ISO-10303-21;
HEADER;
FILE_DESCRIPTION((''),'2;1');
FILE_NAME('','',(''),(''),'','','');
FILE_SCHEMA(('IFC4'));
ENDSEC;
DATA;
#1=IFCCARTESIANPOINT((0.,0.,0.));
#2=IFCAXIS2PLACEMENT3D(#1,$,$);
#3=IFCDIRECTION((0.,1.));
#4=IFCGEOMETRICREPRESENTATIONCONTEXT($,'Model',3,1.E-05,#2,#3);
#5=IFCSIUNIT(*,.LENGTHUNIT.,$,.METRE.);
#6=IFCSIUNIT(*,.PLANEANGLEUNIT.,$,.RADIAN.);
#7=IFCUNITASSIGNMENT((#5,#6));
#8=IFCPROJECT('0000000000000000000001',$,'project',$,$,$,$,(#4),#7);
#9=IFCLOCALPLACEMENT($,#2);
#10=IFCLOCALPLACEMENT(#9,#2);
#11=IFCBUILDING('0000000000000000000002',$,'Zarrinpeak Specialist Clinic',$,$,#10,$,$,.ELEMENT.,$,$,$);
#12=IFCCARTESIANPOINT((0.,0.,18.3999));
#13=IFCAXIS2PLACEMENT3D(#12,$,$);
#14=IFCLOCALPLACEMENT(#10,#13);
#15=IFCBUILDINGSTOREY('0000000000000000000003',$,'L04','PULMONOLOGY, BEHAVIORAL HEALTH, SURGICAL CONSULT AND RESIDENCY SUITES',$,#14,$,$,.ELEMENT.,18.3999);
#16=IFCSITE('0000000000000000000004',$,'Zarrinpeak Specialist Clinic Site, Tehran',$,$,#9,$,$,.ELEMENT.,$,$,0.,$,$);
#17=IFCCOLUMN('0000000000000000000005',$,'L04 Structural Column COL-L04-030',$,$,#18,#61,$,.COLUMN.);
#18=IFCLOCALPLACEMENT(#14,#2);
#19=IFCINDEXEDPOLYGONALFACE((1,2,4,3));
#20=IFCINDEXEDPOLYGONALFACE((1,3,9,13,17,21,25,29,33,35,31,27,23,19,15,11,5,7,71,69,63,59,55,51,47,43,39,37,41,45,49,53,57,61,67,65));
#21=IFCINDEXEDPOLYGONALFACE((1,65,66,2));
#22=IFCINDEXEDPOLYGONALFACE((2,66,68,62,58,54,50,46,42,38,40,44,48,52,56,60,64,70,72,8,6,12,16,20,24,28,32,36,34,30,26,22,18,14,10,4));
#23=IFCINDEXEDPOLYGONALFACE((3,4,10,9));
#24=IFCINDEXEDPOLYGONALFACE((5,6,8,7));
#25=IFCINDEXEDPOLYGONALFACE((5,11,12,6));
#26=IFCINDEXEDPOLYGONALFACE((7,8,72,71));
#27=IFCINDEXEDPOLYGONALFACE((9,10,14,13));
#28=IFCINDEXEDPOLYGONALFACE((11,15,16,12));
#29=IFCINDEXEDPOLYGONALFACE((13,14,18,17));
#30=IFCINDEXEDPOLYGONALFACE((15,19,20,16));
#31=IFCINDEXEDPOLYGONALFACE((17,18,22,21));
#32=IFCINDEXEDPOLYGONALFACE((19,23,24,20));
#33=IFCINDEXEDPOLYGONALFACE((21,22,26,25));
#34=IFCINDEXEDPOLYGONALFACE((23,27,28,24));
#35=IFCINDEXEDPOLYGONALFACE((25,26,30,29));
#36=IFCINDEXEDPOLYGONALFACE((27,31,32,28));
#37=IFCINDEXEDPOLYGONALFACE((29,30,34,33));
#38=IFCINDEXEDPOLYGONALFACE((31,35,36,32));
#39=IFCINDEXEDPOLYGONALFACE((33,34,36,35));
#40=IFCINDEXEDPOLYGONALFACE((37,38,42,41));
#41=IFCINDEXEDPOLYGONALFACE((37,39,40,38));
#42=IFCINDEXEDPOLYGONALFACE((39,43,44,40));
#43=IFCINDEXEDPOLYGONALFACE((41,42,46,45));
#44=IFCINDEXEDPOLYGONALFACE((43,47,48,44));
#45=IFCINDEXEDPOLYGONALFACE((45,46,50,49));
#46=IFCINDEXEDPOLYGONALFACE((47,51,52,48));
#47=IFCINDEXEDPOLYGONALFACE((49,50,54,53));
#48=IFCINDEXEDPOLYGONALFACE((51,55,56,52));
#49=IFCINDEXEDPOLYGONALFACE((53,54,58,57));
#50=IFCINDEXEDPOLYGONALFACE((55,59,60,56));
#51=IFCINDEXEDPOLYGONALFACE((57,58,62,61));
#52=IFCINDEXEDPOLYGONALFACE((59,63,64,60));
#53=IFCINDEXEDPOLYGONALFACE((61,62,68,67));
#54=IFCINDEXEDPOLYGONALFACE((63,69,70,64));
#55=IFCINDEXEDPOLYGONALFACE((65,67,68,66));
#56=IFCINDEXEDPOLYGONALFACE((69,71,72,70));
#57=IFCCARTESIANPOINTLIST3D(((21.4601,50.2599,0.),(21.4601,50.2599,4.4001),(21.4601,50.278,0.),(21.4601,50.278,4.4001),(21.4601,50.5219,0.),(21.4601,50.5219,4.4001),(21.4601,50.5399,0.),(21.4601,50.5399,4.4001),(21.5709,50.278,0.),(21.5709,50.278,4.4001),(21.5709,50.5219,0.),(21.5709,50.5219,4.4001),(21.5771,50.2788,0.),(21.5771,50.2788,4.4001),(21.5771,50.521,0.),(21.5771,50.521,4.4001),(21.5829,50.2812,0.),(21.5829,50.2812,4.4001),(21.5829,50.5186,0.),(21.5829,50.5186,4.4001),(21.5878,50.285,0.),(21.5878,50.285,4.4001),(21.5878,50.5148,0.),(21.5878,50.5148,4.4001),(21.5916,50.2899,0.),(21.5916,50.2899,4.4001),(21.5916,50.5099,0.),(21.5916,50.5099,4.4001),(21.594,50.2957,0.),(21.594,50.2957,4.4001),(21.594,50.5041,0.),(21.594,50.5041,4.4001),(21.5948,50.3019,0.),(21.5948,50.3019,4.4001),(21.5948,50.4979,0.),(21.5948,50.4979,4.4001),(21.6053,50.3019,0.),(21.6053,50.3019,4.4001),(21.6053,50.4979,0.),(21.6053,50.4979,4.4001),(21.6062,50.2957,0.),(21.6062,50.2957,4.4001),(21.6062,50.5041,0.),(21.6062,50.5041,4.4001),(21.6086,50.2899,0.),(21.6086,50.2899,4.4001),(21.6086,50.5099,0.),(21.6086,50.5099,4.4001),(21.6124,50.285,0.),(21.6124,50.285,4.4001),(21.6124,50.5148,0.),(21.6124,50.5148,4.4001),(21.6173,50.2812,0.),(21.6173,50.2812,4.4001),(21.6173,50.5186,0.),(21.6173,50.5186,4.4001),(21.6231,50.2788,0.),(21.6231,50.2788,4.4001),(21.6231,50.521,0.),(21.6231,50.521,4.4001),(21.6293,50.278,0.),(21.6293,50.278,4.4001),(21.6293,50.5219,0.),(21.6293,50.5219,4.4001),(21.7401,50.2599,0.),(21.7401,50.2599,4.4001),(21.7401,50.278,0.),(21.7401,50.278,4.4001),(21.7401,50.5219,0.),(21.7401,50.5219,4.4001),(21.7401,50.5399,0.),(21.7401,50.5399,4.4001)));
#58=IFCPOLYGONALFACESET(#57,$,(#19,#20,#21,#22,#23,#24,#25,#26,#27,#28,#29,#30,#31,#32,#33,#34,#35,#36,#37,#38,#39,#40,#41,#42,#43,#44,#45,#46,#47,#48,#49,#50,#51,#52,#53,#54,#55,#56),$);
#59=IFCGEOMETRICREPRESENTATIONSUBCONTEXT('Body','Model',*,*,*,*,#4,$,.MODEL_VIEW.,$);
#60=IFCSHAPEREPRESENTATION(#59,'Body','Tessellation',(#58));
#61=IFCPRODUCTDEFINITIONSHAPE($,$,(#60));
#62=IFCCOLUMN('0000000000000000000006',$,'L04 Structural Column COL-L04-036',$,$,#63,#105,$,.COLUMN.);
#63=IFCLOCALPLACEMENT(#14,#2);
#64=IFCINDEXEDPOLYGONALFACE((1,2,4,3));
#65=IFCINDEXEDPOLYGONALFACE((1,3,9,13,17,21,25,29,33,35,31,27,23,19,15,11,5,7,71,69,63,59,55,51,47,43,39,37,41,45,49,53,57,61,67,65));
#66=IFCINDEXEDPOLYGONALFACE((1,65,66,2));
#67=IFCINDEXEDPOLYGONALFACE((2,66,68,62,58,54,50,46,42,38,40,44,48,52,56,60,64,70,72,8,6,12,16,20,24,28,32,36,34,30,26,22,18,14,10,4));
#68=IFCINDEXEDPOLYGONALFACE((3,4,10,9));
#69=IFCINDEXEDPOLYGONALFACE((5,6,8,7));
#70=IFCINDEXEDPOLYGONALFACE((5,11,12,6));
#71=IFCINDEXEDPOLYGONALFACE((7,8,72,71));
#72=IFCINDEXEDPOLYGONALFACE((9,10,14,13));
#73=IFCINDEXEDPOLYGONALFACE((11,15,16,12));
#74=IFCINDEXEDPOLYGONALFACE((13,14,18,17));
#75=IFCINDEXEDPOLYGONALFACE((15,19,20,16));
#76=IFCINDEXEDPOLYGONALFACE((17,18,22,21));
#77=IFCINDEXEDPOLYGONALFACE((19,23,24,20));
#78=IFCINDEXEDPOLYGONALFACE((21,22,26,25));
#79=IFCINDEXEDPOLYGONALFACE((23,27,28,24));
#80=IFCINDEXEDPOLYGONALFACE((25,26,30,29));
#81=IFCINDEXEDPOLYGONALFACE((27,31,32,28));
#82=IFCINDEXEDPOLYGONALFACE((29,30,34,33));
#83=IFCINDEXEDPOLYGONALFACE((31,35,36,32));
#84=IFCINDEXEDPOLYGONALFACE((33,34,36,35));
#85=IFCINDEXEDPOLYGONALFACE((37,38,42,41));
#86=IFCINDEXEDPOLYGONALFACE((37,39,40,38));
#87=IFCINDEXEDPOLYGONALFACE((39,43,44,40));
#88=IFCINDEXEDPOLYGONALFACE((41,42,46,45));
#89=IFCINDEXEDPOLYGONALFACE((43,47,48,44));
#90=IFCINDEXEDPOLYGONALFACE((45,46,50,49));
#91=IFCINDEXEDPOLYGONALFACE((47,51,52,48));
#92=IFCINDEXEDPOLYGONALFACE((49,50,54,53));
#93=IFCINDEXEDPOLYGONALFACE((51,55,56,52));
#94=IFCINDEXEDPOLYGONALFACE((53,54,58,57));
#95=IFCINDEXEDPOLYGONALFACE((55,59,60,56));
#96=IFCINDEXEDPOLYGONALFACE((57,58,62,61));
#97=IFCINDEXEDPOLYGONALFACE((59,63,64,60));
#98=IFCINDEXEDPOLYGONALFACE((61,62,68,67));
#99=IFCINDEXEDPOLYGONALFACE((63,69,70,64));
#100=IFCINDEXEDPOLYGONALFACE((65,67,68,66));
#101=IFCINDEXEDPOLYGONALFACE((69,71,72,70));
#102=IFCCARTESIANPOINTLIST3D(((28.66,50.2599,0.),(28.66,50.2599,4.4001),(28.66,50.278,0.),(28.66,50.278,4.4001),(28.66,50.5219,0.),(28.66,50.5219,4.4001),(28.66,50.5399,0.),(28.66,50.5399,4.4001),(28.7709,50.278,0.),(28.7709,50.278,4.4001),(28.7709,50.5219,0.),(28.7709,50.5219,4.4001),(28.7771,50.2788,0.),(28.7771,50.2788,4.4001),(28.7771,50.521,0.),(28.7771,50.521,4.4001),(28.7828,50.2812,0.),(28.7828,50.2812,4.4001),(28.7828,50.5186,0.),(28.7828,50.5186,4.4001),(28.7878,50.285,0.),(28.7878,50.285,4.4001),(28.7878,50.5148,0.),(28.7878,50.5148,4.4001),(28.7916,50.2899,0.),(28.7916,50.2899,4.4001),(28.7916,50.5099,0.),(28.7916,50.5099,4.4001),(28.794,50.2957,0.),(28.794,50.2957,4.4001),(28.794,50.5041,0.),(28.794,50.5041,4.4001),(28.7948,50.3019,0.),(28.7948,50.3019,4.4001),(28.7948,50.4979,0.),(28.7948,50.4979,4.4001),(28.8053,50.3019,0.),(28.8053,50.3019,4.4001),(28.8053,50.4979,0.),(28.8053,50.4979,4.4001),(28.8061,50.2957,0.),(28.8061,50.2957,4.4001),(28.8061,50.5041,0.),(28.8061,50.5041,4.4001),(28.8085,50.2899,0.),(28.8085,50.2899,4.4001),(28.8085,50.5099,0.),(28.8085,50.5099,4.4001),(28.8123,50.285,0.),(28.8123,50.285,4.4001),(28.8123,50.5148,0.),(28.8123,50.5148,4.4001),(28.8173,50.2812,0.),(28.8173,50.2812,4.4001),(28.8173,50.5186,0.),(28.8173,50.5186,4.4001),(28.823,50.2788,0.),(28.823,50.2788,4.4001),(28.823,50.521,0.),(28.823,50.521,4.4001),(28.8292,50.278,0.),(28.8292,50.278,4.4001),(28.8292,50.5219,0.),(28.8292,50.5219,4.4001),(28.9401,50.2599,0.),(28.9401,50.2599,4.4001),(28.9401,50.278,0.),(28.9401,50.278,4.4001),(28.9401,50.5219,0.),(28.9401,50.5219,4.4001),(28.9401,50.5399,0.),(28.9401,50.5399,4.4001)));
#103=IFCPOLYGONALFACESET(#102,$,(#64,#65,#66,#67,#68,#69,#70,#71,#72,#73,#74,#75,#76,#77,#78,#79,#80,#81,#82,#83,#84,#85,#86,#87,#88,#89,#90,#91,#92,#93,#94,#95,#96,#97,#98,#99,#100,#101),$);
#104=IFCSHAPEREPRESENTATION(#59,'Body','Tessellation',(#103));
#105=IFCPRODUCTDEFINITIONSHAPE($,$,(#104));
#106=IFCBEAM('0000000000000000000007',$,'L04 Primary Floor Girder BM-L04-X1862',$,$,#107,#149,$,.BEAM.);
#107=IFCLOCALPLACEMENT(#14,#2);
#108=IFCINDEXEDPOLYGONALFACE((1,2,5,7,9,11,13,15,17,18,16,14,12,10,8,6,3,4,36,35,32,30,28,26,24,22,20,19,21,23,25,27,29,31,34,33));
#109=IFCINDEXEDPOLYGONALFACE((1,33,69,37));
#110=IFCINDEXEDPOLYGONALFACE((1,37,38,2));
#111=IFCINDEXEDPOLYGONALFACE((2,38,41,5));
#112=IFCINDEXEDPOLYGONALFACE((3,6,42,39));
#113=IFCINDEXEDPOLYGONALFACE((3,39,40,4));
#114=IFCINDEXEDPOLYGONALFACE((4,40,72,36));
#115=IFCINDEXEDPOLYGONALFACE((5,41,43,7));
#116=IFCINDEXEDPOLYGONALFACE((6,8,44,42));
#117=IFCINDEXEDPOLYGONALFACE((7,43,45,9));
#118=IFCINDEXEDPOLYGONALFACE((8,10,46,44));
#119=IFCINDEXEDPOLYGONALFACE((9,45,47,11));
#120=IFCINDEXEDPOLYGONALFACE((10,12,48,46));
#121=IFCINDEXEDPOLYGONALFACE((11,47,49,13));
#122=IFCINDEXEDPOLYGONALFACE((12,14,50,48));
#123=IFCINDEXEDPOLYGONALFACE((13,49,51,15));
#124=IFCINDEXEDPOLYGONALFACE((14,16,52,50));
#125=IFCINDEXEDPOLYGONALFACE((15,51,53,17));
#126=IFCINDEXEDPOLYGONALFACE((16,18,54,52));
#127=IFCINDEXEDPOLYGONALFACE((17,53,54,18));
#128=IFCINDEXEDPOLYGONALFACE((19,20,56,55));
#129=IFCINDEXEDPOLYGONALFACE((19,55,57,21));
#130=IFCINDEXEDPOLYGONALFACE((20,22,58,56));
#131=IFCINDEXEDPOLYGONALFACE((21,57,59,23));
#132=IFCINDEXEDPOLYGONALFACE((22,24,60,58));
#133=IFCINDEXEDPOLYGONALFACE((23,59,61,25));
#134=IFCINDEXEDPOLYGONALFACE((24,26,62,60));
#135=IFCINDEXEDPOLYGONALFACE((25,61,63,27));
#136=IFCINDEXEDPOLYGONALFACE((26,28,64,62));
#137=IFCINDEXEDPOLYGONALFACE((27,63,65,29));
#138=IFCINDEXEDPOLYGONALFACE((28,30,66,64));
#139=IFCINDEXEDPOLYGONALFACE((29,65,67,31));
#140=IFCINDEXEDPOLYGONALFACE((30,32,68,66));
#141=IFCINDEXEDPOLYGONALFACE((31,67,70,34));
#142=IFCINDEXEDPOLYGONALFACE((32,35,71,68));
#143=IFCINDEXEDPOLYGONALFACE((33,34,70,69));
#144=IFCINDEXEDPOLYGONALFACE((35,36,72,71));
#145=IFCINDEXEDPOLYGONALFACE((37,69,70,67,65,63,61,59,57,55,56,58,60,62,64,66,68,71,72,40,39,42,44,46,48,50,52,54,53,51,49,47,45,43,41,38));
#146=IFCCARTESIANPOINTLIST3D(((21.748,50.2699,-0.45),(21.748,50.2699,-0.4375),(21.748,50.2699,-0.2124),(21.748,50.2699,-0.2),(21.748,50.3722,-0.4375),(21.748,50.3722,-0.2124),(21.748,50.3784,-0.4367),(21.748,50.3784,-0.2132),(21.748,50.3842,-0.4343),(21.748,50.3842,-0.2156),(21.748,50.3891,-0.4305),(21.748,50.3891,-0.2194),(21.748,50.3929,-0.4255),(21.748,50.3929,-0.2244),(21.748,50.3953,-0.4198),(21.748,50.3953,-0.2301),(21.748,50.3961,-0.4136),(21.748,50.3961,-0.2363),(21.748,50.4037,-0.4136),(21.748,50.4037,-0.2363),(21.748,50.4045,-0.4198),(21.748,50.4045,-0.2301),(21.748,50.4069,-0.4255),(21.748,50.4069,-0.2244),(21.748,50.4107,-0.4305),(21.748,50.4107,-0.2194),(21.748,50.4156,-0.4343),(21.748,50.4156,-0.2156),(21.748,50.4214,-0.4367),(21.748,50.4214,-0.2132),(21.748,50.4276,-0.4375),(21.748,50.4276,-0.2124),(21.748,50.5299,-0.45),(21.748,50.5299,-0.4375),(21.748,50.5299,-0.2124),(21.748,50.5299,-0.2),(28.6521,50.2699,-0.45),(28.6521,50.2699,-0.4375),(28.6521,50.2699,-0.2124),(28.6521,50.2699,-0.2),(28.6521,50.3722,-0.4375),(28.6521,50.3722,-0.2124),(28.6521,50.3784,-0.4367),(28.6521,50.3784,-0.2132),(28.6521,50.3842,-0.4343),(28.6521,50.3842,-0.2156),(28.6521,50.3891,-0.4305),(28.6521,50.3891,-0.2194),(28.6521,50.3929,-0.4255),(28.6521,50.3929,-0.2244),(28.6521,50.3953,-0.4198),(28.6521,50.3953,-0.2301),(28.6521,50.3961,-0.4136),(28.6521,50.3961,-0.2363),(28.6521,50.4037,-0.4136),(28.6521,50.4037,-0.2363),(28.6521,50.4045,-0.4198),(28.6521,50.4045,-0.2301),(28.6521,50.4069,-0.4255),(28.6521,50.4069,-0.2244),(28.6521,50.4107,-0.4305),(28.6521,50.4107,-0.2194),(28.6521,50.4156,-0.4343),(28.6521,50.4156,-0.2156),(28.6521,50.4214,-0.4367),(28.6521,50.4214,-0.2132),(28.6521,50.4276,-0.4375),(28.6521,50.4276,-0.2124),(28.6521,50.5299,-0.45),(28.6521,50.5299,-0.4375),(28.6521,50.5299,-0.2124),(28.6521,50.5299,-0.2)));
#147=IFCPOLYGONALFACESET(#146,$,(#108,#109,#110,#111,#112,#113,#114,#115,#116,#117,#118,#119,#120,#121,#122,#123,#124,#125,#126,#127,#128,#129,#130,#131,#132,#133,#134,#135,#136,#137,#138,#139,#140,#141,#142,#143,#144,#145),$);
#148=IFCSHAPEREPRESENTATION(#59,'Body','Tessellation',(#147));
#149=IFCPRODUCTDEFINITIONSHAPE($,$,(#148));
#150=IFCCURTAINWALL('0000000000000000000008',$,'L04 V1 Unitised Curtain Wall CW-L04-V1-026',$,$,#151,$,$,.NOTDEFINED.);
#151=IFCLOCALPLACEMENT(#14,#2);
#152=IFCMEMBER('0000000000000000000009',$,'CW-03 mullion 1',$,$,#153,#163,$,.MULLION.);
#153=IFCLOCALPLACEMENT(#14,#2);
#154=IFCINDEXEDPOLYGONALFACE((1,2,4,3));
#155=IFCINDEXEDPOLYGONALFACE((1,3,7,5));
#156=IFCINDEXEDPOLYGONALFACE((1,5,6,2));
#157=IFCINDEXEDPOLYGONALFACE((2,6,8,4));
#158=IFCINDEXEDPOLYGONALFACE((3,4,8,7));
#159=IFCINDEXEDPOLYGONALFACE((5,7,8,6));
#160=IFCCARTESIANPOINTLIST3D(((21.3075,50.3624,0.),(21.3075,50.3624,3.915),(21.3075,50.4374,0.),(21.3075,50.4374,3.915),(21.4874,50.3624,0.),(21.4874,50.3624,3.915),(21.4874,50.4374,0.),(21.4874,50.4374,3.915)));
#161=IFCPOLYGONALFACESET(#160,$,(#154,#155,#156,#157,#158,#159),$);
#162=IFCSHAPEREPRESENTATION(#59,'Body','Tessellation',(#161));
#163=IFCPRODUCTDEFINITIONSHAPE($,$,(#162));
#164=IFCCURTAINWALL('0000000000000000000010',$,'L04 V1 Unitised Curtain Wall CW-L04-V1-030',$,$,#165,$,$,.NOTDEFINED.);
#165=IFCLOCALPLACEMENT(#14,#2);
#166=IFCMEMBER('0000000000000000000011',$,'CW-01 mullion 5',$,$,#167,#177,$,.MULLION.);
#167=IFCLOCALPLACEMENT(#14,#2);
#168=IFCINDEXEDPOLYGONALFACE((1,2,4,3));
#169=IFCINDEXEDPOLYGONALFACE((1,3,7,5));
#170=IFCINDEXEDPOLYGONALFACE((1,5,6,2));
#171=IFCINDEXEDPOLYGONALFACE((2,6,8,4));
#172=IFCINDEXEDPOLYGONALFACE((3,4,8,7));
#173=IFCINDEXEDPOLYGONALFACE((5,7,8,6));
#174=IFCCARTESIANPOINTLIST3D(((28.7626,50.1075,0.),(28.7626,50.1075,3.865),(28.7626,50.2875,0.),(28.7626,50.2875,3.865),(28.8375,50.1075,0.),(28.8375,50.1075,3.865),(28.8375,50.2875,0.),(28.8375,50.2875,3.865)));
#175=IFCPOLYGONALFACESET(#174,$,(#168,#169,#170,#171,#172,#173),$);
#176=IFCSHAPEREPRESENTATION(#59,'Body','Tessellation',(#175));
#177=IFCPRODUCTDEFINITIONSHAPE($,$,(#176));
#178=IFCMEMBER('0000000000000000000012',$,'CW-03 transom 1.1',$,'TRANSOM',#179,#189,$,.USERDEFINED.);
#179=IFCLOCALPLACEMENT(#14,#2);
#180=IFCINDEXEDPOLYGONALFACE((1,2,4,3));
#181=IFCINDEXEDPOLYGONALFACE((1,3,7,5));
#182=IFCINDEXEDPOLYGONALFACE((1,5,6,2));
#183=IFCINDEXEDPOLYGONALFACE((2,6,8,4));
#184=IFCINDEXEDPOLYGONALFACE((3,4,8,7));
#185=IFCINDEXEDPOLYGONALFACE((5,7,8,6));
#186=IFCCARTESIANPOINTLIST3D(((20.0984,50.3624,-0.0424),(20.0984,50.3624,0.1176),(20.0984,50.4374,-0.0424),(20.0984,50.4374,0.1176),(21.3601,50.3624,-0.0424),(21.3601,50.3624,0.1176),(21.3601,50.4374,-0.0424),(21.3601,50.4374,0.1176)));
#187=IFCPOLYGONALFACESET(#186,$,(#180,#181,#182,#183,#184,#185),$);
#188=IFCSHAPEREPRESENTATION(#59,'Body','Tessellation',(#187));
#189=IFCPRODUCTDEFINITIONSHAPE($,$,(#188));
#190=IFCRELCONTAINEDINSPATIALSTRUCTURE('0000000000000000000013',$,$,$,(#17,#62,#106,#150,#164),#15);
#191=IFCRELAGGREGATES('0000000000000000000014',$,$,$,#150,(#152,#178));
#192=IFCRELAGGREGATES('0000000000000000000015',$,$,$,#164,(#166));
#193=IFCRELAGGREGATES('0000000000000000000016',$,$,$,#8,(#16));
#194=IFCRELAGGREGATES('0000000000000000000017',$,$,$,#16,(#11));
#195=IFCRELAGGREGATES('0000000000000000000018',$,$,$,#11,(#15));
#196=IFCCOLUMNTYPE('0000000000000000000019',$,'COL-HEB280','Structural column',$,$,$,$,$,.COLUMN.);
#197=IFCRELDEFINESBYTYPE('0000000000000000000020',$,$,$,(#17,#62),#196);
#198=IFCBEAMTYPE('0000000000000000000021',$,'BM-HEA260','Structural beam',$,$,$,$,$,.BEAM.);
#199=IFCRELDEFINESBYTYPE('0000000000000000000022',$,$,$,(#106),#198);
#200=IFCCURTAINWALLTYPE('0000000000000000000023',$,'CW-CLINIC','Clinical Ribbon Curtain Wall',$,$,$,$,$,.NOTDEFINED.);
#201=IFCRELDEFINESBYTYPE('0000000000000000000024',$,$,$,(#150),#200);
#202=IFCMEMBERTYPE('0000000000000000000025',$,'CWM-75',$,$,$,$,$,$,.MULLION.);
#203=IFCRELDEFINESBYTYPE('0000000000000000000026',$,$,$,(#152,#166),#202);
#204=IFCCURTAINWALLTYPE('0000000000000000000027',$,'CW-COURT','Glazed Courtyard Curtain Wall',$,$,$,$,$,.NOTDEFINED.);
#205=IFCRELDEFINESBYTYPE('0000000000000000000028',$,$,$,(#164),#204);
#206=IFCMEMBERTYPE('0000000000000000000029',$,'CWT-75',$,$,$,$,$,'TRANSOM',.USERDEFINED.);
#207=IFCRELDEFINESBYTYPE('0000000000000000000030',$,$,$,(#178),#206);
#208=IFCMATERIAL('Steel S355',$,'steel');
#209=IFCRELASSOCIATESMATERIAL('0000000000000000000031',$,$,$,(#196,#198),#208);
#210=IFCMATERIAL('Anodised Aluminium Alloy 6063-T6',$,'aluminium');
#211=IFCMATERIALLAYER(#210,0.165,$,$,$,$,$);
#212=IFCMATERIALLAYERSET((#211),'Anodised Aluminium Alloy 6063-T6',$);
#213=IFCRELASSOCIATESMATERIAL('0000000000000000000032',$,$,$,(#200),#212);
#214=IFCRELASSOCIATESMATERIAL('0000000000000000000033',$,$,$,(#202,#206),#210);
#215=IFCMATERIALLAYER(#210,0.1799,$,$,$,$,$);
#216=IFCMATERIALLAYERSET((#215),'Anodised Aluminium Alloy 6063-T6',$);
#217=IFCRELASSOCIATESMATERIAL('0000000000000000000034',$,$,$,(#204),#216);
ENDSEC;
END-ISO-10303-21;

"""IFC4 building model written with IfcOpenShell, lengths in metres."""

from ifc_helpers import new_model, si_unit, direction, frame, origin, origin_2d, place, context, subcontext, project, spatial, rectangle, i_section, extrude, material, layer, layer_set, material_profile, profile_set, type_object, element, aggregate, save


model = new_model("IFC4")

# Units and contexts
model_context = context("Model", 3, precision=1e-05, world=origin(), true_north=direction((0.0, 1.0)))
body_context = subcontext(model_context, "Body", "Model", "MODEL_VIEW")
ifc_project = project(units=[si_unit("LENGTHUNIT", "METRE"), si_unit("PLANEANGLEUNIT", "RADIAN")], contexts=[model_context])

# Site, building, storey
site_placement = place(None, origin())
site = spatial("IfcSite", under=ifc_project, at=site_placement, Name="Zarrinpeak Specialist Clinic Site, Tehran", CompositionType="ELEMENT", RefElevation=0.0)
building_placement = place(site_placement, origin())
building = spatial("IfcBuilding", under=site, at=building_placement, Name="Zarrinpeak Specialist Clinic", CompositionType="ELEMENT")
storey_placement = place(building_placement, frame((0.0, 0.0, 18.3999)))
storey = spatial("IfcBuildingStorey", under=building, at=storey_placement, Name="L04", Description="PULMONOLOGY, BEHAVIORAL HEALTH, SURGICAL CONSULT AND RESIDENCY SUITES", CompositionType="ELEMENT", Elevation=18.3999)

# Columns
ifc_material_1 = material(Name="Steel S355", Category="steel")
ifc_material_profile_1 = material_profile(ifc_material_1, i_section(OverallWidth=0.28, OverallDepth=0.28, WebThickness=0.0105, FlangeThickness=0.0181, FilletRadius=0.0239, at=origin_2d()), Name="HEB 280")
ifc_profile_set_1 = profile_set([ifc_material_profile_1], Name="Steel S355")
column_type = type_object("IfcColumnType", Name="COL-HEB280", Description="Structural column", PredefinedType="COLUMN", material=ifc_profile_set_1)
for number, where, z_axis, x_axis, name in (
    (1, (21.6001, 50.3999, 0.0), (0.0, 0.0, 1.0), (1.0, 0.0, 0.0), "L04 Structural Column COL-L04-030"),
    (2, (28.8, 50.3999, 0.0), (0.0, 0.0, 1.0), (1.0, 0.0, 0.0), "L04 Structural Column COL-L04-036"),
):
    element("IfcColumn", number, at=place(storey_placement, frame(where, z_axis=z_axis, x_axis=x_axis)), inside=storey, type_object=column_type, Name=name, PredefinedType="COLUMN", context=body_context, shape_type="SweptSolid", body=[
        extrude(i_section(OverallWidth=0.28, OverallDepth=0.28, WebThickness=0.0105, FlangeThickness=0.0181, FilletRadius=0.0239, at=origin_2d()), origin(), (0.0, 0.0, 1.0), 4.4001),
    ])

# Beam
ifc_material_profile_2 = material_profile(ifc_material_1, i_section(OverallWidth=0.26, OverallDepth=0.25, WebThickness=0.0076, FlangeThickness=0.0125, FilletRadius=0.0239, at=origin_2d()), Name="HEA 260")
ifc_profile_set_2 = profile_set([ifc_material_profile_2], Name="Steel S355")
beam_type = type_object("IfcBeamType", Name="BM-HEA260", Description="Structural beam", PredefinedType="BEAM", material=ifc_profile_set_2)
beam_placement = place(storey_placement, frame((21.748, 50.3999, -0.325), z_axis=(1.0, 0.0, 0.0), x_axis=(0.0, 1.0, 0.0)))
element("IfcBeam", 3, at=beam_placement, inside=storey, type_object=beam_type, Name="L04 Primary Floor Girder BM-L04-X1862", PredefinedType="BEAM", context=body_context, shape_type="SweptSolid", body=[
    extrude(i_section(OverallWidth=0.26, OverallDepth=0.25, WebThickness=0.0076, FlangeThickness=0.0125, FilletRadius=0.0239, at=origin_2d()), origin(), (0.0, 0.0, 1.0), 6.9041),
])

# Curtain walls, members
ifc_material_2 = material(Name="Anodised Aluminium Alloy 6063-T6", Category="aluminium")
ifc_layer_1 = layer(ifc_material_2, 0.165)
ifc_layer_set_1 = layer_set([ifc_layer_1], Name="Anodised Aluminium Alloy 6063-T6")
curtain_wall_type_1 = type_object("IfcCurtainWallType", Name="CW-CLINIC", Description="Clinical Ribbon Curtain Wall", PredefinedType="NOTDEFINED", material=ifc_layer_set_1)
curtain_wall_1_placement = place(storey_placement, origin())
curtain_wall_1 = element("IfcCurtainWall", 4, at=curtain_wall_1_placement, inside=storey, type_object=curtain_wall_type_1, Name="L04 V1 Unitised Curtain Wall CW-L04-V1-026", PredefinedType="NOTDEFINED")
ifc_material_profile_3 = material_profile(ifc_material_2, rectangle(XDim=0.075, YDim=0.1799, at=origin_2d()), Name="ALU 75x180")
ifc_profile_set_3 = profile_set([ifc_material_profile_3], Name="Anodised Aluminium Alloy 6063-T6")
member_type_1 = type_object("IfcMemberType", Name="CWM-75", PredefinedType="MULLION", material=ifc_profile_set_3)
member_1_placement = place(storey_placement, frame((21.3975, 50.3999, 0.0), z_axis=(0.0, 0.0, 1.0), x_axis=(0.0, -1.0, 0.0)))
member_1 = element("IfcMember", 5, at=member_1_placement, type_object=member_type_1, Name="CW-03 mullion 1", PredefinedType="MULLION", context=body_context, shape_type="SweptSolid", body=[
    extrude(rectangle(XDim=0.075, YDim=0.1799, at=origin_2d()), origin(), (0.0, 0.0, 1.0), 3.915),
])
ifc_layer_2 = layer(ifc_material_2, 0.1799)
ifc_layer_set_2 = layer_set([ifc_layer_2], Name="Anodised Aluminium Alloy 6063-T6")
curtain_wall_type_2 = type_object("IfcCurtainWallType", Name="CW-COURT", Description="Glazed Courtyard Curtain Wall", PredefinedType="NOTDEFINED", material=ifc_layer_set_2)
curtain_wall_2_placement = place(storey_placement, origin())
curtain_wall_2 = element("IfcCurtainWall", 6, at=curtain_wall_2_placement, inside=storey, type_object=curtain_wall_type_2, Name="L04 V1 Unitised Curtain Wall CW-L04-V1-030", PredefinedType="NOTDEFINED")
member_2_placement = place(storey_placement, frame((28.8, 50.1975, 0.0), z_axis=(0.0, 0.0, 1.0), x_axis=(-1.0, 0.0, 0.0)))
member_2 = element("IfcMember", 7, at=member_2_placement, type_object=member_type_1, Name="CW-01 mullion 5", PredefinedType="MULLION", context=body_context, shape_type="SweptSolid", body=[
    extrude(rectangle(XDim=0.075, YDim=0.1799, at=origin_2d()), origin(), (0.0, 0.0, 1.0), 3.865),
])

# Member
ifc_material_profile_4 = material_profile(ifc_material_2, rectangle(XDim=0.075, YDim=0.1599, at=origin_2d()), Name="ALU 75x160")
ifc_profile_set_4 = profile_set([ifc_material_profile_4], Name="Anodised Aluminium Alloy 6063-T6")
member_type_2 = type_object("IfcMemberType", Name="CWT-75", ElementType="TRANSOM", PredefinedType="USERDEFINED", material=ifc_profile_set_4)
member_3_placement = place(storey_placement, frame((21.3601, 50.3999, 0.0376), z_axis=(-1.0, 0.0, 0.0), x_axis=(0.0, -1.0, 0.0)))
member_3 = element("IfcMember", 8, at=member_3_placement, type_object=member_type_2, Name="CW-03 transom 1.1", ObjectType="TRANSOM", PredefinedType="USERDEFINED", context=body_context, shape_type="SweptSolid", body=[
    extrude(rectangle(XDim=0.075, YDim=0.1599, at=origin_2d()), origin(), (0.0, 0.0, 1.0), 1.2617),
])

aggregate(curtain_wall_1, [member_1, member_3])
aggregate(curtain_wall_2, [member_2])

save(model, "model.ifc")
